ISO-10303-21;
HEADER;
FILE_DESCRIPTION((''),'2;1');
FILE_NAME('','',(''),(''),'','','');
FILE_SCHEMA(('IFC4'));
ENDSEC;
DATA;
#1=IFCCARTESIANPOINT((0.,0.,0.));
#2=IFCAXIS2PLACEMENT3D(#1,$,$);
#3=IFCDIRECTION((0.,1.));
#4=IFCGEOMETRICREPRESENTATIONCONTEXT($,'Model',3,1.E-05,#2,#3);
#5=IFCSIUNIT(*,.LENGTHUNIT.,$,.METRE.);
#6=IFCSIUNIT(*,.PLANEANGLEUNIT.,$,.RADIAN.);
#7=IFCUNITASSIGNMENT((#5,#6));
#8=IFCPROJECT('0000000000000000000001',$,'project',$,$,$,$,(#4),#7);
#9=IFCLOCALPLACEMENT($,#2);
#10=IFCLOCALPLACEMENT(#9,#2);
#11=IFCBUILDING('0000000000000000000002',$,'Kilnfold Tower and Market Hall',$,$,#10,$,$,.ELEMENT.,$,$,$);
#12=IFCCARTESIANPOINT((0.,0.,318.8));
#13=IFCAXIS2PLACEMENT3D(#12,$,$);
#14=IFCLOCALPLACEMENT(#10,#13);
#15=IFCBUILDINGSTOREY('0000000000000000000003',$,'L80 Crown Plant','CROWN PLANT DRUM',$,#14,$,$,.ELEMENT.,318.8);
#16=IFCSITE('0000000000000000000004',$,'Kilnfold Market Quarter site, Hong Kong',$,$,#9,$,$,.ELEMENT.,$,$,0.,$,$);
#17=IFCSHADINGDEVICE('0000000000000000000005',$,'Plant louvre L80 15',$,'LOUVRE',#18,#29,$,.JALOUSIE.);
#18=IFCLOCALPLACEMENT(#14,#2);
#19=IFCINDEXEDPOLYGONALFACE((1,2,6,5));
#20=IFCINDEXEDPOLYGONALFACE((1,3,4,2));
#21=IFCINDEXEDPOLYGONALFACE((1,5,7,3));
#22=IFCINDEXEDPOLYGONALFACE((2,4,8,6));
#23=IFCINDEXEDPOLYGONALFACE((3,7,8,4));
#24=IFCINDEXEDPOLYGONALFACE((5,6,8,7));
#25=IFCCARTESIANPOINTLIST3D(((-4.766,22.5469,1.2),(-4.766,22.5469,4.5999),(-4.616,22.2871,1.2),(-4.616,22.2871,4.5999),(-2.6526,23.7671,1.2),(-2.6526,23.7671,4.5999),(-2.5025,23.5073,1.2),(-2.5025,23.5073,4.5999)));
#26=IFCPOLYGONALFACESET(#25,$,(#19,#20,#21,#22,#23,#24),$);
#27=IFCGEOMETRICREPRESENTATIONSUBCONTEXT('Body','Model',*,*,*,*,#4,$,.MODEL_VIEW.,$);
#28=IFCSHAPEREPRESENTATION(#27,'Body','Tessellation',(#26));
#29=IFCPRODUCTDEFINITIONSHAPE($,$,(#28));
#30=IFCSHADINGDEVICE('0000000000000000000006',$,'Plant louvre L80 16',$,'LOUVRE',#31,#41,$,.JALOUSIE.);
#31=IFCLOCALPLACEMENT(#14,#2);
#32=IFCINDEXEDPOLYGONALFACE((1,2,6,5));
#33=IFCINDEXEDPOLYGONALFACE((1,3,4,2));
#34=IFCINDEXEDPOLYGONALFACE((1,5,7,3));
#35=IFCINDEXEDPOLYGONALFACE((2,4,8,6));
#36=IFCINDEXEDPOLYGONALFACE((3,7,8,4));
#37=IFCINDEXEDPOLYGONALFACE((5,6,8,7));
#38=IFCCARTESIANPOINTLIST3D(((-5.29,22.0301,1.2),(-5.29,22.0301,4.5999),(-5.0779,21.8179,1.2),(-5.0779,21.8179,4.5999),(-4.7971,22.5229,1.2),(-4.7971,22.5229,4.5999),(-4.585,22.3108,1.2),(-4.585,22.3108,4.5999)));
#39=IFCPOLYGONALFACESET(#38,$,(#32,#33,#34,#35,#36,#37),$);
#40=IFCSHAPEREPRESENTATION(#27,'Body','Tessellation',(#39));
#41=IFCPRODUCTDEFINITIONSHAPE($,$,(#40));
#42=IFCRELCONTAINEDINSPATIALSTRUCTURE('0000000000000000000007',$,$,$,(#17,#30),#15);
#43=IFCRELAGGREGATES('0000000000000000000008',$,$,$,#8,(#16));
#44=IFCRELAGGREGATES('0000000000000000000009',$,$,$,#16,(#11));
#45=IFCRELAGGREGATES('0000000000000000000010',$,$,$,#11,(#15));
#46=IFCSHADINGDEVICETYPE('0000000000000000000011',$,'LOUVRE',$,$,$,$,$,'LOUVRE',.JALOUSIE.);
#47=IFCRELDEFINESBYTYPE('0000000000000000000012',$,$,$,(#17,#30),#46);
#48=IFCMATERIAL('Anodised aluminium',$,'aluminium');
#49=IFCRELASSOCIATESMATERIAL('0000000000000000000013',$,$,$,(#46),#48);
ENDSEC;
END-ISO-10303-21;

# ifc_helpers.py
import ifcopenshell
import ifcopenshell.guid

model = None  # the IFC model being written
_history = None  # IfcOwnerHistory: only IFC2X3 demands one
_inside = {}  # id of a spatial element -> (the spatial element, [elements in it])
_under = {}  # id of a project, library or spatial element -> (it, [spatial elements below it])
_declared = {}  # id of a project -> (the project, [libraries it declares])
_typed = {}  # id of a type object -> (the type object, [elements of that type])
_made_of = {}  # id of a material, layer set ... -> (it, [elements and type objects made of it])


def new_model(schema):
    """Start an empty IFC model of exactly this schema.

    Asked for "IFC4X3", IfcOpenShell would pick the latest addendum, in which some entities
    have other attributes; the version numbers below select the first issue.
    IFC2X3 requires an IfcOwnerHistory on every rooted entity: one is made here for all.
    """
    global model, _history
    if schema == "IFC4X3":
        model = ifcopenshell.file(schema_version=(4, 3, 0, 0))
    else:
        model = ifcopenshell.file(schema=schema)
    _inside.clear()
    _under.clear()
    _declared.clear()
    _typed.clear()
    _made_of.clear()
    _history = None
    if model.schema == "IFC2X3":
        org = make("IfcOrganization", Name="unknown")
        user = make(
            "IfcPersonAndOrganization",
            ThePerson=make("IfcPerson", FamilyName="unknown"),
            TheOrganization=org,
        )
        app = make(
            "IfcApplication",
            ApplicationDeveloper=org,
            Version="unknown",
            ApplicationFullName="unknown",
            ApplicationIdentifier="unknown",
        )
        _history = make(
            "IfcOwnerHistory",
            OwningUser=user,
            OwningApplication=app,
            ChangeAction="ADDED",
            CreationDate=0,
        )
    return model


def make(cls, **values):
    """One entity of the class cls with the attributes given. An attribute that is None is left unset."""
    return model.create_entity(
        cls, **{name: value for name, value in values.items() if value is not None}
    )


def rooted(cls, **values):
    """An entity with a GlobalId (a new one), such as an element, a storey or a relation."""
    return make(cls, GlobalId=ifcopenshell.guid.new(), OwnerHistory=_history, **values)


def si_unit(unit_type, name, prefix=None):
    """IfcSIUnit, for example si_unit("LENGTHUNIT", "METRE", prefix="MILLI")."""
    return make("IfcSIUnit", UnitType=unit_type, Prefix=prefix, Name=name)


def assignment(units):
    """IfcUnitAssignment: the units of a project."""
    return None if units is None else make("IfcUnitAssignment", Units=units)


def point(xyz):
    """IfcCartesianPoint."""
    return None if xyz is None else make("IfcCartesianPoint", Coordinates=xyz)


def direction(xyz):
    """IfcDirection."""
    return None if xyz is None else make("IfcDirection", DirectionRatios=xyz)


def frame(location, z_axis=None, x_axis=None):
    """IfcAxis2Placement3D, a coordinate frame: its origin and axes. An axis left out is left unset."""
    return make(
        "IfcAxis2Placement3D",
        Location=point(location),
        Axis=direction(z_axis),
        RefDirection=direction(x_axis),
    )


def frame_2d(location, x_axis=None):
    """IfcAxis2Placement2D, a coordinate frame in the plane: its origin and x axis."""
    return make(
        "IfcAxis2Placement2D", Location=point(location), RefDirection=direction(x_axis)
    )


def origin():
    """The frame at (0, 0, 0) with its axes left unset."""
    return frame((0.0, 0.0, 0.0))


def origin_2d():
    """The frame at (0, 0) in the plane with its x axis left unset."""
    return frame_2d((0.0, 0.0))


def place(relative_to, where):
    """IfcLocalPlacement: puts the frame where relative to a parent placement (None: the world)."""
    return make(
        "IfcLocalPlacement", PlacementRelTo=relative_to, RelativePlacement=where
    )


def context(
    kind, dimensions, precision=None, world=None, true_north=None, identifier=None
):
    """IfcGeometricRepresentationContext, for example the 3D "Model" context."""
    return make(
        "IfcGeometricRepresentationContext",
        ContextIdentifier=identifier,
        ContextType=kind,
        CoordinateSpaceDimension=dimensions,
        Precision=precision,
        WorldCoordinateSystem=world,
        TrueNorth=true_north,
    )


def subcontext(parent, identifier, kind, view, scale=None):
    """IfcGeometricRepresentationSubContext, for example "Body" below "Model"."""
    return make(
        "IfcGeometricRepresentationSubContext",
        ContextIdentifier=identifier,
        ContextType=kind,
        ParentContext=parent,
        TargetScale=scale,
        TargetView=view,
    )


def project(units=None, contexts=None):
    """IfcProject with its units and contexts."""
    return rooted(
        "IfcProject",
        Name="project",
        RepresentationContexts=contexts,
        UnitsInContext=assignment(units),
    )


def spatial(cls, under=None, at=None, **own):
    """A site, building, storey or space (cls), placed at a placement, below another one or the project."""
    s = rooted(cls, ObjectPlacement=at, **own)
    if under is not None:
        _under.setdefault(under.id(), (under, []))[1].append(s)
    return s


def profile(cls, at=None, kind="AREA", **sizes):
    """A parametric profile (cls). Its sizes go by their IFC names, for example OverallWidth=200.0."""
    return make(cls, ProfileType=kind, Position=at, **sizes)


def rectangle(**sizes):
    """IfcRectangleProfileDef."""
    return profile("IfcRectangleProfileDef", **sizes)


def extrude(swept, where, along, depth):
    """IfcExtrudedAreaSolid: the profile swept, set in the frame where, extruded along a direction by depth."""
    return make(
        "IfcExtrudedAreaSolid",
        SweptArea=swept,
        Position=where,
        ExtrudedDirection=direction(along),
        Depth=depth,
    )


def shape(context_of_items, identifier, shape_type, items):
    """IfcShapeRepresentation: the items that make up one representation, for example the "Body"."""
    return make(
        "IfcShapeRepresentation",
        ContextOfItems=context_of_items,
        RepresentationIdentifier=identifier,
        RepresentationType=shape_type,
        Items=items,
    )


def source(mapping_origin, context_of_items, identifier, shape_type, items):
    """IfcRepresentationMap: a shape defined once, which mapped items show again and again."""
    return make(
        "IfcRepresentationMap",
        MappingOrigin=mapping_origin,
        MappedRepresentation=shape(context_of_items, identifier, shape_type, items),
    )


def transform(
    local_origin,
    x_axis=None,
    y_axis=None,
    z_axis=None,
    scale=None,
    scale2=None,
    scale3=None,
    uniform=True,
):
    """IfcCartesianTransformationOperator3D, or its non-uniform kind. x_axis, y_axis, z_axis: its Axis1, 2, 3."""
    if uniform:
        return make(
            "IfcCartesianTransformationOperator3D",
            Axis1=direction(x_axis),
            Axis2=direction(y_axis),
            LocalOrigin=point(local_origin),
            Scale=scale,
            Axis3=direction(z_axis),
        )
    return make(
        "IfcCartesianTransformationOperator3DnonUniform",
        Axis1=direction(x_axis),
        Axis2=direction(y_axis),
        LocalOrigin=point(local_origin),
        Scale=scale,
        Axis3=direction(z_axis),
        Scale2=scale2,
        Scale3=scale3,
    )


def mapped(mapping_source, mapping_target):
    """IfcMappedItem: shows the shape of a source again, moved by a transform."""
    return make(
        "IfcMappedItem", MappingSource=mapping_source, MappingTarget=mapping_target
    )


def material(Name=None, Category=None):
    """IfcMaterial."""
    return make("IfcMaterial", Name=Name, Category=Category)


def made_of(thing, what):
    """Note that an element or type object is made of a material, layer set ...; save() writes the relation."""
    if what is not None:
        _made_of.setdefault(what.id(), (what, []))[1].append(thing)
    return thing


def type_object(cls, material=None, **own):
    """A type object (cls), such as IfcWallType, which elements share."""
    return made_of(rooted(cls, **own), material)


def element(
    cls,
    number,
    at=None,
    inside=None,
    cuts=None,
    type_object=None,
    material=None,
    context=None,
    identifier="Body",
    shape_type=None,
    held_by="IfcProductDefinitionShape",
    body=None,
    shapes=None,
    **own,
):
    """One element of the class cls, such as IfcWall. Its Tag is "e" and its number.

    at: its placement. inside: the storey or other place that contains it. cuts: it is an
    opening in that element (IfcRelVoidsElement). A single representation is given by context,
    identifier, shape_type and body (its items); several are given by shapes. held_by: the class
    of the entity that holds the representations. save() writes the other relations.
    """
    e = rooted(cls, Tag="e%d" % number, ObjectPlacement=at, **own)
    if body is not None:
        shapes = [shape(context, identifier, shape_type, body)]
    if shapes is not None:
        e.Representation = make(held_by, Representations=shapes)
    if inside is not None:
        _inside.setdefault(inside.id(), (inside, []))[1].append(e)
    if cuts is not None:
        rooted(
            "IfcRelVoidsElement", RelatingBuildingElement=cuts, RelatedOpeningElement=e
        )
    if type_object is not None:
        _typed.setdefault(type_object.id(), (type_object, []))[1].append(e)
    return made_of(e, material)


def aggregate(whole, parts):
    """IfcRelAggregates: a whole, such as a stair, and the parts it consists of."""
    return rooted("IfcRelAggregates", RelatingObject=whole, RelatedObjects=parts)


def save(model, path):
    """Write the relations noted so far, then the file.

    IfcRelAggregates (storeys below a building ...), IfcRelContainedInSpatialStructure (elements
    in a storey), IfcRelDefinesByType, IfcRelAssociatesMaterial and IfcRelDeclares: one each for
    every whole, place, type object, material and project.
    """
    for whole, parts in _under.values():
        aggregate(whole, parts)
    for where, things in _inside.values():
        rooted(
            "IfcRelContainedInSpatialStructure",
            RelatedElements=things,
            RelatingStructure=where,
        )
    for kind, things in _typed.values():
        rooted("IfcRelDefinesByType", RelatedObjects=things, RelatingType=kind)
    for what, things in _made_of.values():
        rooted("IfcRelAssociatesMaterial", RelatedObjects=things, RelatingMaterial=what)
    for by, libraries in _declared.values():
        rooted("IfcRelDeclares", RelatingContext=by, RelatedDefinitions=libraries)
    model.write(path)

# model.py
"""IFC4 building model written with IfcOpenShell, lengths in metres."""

from ifc_helpers import new_model, si_unit, direction, frame, origin, origin_2d, place, context, subcontext, project, spatial, rectangle, extrude, source, transform, mapped, material, type_object, element, save


model = new_model("IFC4")

# Units and contexts
model_context = context("Model", 3, precision=1e-05, world=origin(), true_north=direction((0.0, 1.0)))
body_context = subcontext(model_context, "Body", "Model", "MODEL_VIEW")
ifc_project = project(units=[si_unit("LENGTHUNIT", "METRE"), si_unit("PLANEANGLEUNIT", "RADIAN")], contexts=[model_context])

# Site, building, storey
site_placement = place(None, origin())
site = spatial("IfcSite", under=ifc_project, at=site_placement, Name="Kilnfold Market Quarter site, Hong Kong", CompositionType="ELEMENT", RefElevation=0.0)
building_placement = place(site_placement, origin())
building = spatial("IfcBuilding", under=site, at=building_placement, Name="Kilnfold Tower and Market Hall", CompositionType="ELEMENT")
storey_placement = place(building_placement, frame((0.0, 0.0, 318.8)))
storey = spatial("IfcBuildingStorey", under=building, at=storey_placement, Name="L80 Crown Plant", Description="CROWN PLANT DRUM", CompositionType="ELEMENT", Elevation=318.8)

# Shading devices
ifc_material_1 = material(Name="Anodised aluminium", Category="aluminium")
shading_device_type = type_object("IfcShadingDeviceType", Name="LOUVRE", ElementType="LOUVRE", PredefinedType="JALOUSIE", material=ifc_material_1)
shared_shape_1 = source(origin(), body_context, "Body", "SweptSolid", [
    extrude(rectangle(XDim=2.4404, YDim=0.3, at=origin_2d()), origin(), (0.0, 0.0, 1.0), 3.3999),
])
for number, where, z_axis, x_axis, name in (
    (1, (-3.6343, 23.0271, 1.2), (0.0, 0.0, 1.0), (-0.866021, -0.500008, 0.0), "Plant louvre L80 15"),
):
    element("IfcShadingDevice", number, at=place(storey_placement, frame(where, z_axis=z_axis, x_axis=x_axis)), inside=storey, type_object=shading_device_type, Name=name, ObjectType="LOUVRE", PredefinedType="JALOUSIE", context=body_context, shape_type="MappedRepresentation", body=[
        mapped(shared_shape_1, transform((0.0, 0.0, 0.0))),
    ])
shared_shape_2 = source(origin(), body_context, "Body", "SweptSolid", [
    extrude(rectangle(XDim=0.697, YDim=0.3, at=origin_2d()), origin(), (0.0, 0.0, 1.0), 3.3999),
])
shading_device_placement = place(storey_placement, frame((-4.9375, 22.1704, 1.2), z_axis=(0.0, 0.0, 1.0), x_axis=(-0.707107, -0.707107, 0.0)))
element("IfcShadingDevice", 2, at=shading_device_placement, inside=storey, type_object=shading_device_type, Name="Plant louvre L80 16", ObjectType="LOUVRE", PredefinedType="JALOUSIE", context=body_context, shape_type="MappedRepresentation", body=[
    mapped(shared_shape_2, transform((0.0, 0.0, 0.0))),
])

save(model, "model.ifc")
